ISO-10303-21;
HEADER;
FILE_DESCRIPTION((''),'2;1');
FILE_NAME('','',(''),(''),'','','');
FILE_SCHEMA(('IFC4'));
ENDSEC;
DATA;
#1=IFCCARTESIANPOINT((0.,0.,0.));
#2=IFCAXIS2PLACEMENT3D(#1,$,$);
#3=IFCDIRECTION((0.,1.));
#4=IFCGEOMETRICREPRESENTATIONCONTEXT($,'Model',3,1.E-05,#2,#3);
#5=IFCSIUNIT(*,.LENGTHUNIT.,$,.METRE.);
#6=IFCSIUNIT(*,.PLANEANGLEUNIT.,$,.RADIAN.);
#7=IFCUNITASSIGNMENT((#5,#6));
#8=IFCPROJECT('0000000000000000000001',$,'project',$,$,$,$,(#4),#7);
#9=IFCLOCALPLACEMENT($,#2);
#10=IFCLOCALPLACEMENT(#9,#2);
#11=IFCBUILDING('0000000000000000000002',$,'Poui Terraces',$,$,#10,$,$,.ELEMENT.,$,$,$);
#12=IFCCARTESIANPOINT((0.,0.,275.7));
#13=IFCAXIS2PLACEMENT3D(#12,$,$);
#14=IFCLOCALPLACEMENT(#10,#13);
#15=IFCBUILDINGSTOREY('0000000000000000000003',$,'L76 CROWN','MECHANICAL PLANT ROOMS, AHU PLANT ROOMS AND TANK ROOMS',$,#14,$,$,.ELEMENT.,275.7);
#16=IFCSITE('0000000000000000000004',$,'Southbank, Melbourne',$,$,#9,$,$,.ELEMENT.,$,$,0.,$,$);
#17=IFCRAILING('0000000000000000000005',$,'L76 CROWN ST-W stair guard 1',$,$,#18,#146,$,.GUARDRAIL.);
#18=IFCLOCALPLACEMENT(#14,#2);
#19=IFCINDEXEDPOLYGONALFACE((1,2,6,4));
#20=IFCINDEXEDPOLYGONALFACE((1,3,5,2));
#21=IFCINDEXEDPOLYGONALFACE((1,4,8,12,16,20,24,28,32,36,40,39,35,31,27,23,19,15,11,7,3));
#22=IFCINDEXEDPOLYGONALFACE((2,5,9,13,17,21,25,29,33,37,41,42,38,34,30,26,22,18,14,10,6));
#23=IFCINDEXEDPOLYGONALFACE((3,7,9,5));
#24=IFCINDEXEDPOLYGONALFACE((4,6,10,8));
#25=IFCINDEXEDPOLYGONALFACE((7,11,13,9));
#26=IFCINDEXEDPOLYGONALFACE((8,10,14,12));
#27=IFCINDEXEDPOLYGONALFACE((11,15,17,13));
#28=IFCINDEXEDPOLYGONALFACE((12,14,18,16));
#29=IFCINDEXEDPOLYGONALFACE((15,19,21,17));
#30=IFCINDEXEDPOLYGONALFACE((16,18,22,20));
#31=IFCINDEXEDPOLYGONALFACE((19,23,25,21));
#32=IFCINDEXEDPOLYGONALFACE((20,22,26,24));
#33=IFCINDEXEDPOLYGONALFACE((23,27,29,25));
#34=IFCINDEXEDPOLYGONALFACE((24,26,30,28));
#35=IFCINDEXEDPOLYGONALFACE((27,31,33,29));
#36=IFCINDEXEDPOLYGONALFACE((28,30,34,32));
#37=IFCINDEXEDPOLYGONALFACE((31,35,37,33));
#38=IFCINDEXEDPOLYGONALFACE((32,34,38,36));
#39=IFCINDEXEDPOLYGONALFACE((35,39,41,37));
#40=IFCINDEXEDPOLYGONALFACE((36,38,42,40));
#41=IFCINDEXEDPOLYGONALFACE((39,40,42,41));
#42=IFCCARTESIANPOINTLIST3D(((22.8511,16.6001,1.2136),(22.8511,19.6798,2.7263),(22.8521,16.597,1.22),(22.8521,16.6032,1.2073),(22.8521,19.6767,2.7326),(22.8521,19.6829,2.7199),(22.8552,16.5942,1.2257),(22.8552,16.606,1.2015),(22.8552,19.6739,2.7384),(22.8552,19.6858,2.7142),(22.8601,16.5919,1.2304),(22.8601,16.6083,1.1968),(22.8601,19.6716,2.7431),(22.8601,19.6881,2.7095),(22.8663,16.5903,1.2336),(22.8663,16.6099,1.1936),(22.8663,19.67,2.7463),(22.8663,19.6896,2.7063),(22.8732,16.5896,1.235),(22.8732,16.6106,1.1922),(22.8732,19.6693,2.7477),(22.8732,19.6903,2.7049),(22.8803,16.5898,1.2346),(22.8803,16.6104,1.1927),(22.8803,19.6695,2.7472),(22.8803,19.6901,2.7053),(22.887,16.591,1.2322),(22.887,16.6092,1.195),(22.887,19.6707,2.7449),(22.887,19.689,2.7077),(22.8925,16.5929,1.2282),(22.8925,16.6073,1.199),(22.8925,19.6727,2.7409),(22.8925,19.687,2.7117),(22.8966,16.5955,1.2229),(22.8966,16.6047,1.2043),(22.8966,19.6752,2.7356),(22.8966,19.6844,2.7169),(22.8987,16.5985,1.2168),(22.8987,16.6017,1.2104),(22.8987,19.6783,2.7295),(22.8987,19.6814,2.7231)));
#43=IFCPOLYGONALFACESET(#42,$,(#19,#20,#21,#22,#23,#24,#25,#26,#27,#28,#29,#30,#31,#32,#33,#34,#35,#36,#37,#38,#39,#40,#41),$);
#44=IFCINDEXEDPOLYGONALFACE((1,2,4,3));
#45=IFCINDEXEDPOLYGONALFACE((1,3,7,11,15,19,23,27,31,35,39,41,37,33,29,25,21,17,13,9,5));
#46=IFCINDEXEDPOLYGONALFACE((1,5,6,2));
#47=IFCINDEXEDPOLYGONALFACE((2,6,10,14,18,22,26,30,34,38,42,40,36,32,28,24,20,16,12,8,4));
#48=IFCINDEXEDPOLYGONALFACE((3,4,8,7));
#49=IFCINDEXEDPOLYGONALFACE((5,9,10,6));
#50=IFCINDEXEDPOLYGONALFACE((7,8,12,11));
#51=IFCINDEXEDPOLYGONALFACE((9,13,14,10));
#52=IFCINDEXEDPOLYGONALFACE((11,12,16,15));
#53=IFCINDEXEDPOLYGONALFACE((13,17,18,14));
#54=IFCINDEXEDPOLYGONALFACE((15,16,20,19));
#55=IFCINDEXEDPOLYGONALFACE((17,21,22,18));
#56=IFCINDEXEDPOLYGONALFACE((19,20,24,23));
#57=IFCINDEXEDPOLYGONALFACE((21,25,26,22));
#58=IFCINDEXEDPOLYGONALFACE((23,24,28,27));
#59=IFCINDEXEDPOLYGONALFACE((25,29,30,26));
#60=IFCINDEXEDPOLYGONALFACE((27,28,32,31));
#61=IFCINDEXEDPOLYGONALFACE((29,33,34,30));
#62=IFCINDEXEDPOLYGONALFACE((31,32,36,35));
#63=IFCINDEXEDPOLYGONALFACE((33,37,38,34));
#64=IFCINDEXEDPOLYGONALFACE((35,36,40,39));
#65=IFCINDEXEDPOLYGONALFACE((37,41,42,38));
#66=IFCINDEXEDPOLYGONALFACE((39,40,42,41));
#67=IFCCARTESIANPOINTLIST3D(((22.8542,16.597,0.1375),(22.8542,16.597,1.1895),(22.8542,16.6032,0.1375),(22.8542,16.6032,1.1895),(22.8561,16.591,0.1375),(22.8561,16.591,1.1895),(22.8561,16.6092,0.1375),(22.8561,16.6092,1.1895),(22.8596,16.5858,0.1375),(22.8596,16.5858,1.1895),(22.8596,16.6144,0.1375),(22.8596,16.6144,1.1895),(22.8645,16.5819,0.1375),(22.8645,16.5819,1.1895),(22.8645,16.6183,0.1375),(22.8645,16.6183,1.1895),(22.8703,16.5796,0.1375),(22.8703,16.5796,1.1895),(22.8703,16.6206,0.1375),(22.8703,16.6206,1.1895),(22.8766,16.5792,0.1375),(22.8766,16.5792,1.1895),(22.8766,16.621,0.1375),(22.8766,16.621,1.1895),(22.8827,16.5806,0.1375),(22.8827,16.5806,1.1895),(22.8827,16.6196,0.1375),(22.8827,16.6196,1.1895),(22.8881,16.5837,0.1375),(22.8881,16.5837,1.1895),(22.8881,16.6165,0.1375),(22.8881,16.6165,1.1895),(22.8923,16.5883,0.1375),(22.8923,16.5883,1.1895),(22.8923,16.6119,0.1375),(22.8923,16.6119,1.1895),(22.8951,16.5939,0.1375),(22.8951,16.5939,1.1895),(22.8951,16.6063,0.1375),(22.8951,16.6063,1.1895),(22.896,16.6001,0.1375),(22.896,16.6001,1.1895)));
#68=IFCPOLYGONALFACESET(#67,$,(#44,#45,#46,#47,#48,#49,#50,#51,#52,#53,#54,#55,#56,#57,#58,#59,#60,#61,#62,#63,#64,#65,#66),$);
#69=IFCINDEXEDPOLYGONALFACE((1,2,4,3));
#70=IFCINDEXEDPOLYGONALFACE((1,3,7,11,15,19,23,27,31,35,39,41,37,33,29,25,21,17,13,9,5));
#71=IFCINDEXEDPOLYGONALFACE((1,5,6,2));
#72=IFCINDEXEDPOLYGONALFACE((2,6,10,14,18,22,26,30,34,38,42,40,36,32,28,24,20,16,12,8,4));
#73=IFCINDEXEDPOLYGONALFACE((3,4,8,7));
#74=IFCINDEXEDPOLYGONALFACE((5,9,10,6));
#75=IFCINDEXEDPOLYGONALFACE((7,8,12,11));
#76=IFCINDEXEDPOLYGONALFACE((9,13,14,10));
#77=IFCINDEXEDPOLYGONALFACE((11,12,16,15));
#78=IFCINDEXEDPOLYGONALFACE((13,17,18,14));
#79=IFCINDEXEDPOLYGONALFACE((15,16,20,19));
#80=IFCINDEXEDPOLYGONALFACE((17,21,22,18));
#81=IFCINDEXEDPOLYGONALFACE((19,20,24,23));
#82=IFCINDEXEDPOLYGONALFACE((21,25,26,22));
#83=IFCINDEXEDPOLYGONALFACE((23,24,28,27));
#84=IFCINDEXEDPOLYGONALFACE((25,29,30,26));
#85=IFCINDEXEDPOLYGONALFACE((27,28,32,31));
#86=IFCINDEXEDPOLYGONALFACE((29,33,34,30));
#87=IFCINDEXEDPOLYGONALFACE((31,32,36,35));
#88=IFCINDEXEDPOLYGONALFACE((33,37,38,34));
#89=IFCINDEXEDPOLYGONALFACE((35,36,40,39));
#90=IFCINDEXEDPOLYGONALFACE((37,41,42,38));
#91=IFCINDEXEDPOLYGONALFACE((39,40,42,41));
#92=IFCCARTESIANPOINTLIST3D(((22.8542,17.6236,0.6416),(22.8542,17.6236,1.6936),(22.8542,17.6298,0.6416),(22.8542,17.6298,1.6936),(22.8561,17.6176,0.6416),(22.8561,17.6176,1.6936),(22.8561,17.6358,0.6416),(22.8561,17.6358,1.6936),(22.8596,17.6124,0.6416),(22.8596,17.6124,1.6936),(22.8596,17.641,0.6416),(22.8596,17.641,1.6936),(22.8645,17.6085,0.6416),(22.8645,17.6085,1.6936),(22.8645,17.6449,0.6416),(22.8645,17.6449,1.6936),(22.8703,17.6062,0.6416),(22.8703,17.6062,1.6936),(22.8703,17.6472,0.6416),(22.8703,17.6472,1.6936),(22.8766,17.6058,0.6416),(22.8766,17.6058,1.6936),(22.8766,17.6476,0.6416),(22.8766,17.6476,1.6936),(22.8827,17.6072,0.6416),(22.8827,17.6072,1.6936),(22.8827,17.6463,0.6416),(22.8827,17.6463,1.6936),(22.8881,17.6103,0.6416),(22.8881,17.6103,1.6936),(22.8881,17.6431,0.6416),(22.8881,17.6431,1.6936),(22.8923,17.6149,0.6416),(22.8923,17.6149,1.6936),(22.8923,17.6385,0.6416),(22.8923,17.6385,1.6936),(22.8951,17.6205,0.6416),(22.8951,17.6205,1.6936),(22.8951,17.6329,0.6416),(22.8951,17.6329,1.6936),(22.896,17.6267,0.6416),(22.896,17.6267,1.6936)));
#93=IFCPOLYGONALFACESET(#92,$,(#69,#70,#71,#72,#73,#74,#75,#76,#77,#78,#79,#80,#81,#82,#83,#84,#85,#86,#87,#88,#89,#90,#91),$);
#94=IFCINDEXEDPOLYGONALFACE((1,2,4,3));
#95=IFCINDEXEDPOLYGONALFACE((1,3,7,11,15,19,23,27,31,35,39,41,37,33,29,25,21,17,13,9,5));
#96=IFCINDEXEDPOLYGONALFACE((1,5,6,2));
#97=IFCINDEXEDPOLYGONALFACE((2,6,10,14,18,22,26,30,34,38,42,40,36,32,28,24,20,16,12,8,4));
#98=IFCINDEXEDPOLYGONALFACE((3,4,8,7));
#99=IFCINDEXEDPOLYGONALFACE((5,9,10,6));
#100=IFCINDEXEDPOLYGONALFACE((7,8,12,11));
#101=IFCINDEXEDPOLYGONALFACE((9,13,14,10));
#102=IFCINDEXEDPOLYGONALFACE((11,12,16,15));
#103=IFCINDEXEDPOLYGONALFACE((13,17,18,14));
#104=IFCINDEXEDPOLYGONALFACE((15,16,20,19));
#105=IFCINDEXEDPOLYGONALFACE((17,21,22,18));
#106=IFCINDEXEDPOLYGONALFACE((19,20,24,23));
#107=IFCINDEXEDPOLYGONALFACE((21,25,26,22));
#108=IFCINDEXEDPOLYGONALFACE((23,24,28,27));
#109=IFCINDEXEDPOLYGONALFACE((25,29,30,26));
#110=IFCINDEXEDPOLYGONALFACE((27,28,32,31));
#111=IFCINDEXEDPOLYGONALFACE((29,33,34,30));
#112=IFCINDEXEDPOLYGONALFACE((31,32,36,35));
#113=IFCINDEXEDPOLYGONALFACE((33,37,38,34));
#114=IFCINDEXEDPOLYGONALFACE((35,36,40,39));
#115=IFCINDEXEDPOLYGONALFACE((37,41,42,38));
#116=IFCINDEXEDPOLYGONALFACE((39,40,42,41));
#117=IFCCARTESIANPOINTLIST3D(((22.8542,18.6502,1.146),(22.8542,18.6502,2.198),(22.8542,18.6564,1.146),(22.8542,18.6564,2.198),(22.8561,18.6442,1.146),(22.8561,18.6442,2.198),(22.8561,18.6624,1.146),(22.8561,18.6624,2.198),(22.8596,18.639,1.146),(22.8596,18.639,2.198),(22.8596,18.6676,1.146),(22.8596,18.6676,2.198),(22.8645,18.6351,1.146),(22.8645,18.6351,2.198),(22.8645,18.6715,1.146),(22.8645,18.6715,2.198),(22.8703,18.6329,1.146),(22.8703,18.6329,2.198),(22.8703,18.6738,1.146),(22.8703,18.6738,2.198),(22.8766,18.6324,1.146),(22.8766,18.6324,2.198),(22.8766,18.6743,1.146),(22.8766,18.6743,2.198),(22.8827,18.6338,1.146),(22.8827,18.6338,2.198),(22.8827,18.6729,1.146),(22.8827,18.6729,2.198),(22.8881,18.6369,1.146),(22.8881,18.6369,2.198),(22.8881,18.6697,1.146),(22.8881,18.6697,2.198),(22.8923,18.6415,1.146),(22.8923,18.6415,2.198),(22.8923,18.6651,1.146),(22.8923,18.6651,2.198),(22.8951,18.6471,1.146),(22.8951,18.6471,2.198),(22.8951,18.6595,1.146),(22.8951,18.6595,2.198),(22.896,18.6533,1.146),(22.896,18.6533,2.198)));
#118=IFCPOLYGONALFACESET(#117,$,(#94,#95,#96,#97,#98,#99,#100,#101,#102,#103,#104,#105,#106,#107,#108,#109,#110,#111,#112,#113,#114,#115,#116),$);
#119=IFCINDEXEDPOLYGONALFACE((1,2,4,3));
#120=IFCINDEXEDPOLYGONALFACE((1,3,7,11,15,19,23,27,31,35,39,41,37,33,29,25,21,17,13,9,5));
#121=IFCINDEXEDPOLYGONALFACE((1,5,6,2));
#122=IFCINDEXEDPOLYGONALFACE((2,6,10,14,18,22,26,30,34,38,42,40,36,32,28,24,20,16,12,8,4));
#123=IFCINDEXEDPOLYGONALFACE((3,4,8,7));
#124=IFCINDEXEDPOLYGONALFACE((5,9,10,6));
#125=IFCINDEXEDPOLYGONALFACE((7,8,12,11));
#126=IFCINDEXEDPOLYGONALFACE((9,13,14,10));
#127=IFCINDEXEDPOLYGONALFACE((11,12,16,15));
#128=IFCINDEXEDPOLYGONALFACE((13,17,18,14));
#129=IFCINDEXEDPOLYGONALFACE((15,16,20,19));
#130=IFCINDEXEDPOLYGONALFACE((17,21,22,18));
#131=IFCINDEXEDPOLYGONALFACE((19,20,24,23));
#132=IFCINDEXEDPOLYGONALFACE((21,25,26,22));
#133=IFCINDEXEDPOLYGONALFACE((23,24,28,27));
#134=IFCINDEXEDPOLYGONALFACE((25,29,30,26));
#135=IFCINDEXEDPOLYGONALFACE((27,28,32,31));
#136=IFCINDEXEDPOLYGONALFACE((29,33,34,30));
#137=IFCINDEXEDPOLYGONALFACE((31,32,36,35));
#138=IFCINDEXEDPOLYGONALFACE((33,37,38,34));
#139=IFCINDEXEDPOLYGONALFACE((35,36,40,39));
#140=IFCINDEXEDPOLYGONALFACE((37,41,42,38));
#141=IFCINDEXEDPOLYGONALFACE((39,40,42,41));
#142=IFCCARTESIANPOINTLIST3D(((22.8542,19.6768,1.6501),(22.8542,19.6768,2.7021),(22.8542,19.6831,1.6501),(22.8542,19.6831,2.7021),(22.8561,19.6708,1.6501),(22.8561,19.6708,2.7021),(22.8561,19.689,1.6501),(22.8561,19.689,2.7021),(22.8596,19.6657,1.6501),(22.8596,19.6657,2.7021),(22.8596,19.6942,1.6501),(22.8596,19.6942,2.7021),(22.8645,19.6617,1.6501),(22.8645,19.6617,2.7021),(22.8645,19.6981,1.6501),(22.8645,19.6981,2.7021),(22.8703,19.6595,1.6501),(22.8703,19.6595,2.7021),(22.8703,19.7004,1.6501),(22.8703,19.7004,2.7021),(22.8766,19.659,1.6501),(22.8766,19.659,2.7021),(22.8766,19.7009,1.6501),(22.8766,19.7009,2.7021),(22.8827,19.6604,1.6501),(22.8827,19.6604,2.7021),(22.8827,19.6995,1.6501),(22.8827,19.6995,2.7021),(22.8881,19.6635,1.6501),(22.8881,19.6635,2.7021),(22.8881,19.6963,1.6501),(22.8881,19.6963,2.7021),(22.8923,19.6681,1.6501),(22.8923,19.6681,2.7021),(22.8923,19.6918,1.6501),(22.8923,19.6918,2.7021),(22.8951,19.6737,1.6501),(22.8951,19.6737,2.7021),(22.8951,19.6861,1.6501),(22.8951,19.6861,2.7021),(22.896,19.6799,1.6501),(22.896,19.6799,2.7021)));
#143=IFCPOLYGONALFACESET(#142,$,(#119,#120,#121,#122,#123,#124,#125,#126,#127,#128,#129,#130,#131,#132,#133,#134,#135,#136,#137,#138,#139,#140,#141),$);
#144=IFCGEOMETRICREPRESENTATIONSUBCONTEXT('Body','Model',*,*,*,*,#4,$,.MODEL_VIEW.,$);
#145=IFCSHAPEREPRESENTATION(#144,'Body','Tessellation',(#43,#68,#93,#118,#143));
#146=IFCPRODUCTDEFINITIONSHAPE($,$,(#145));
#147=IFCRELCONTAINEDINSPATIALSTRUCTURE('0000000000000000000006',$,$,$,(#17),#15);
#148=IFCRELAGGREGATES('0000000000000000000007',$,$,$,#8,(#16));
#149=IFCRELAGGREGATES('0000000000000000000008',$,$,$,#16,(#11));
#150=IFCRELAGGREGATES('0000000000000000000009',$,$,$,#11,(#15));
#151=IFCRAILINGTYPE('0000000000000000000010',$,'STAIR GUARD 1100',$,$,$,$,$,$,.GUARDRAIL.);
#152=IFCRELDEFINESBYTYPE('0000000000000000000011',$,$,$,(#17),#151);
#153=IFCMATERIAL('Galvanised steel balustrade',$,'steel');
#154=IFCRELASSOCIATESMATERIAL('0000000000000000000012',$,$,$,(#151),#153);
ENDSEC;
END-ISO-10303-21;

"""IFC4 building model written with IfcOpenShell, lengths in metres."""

from ifc_helpers import new_model, si_unit, direction, frame, origin, origin_2d, place, context, subcontext, project, spatial, circle, extrude, material, type_object, element, save


model = new_model("IFC4")

# Units and contexts
model_context = context("Model", 3, precision=1e-05, world=origin(), true_north=direction((0.0, 1.0)))
body_context = subcontext(model_context, "Body", "Model", "MODEL_VIEW")
ifc_project = project(units=[si_unit("LENGTHUNIT", "METRE"), si_unit("PLANEANGLEUNIT", "RADIAN")], contexts=[model_context])

# Site, building, storey
site_placement = place(None, origin())
site = spatial("IfcSite", under=ifc_project, at=site_placement, Name="Southbank, Melbourne", CompositionType="ELEMENT", RefElevation=0.0)
building_placement = place(site_placement, origin())
building = spatial("IfcBuilding", under=site, at=building_placement, Name="Poui Terraces", CompositionType="ELEMENT")
storey_placement = place(building_placement, frame((0.0, 0.0, 275.7)))
storey = spatial("IfcBuildingStorey", under=building, at=storey_placement, Name="L76 CROWN", Description="MECHANICAL PLANT ROOMS, AHU PLANT ROOMS AND TANK ROOMS", CompositionType="ELEMENT", Elevation=275.7)

# Railing
ifc_material_1 = material(Name="Galvanised steel balustrade", Category="steel")
railing_type_1 = type_object("IfcRailingType", Name="STAIR GUARD 1100", PredefinedType="GUARDRAIL", material=ifc_material_1)
railing_1_placement = place(storey_placement, frame((22.875, 16.6001, 0.1375)))
element("IfcRailing", 1, at=railing_1_placement, inside=storey, type_object=railing_type_1, Name="L76 CROWN ST-W stair guard 1", PredefinedType="GUARDRAIL", context=body_context, shape_type="SweptSolid", body=[
    extrude(circle(Radius=0.0239, at=origin_2d()), frame((0.0, 0.0, 1.0762), z_axis=(0.0, 0.897578, 0.440856), x_axis=(-1.0, 0.0, 0.0)), (0.0, 0.0, 1.0), 3.4312),
    extrude(circle(Radius=0.021, at=origin_2d()), origin(), (0.0, 0.0, 1.0), 1.052),
    extrude(circle(Radius=0.021, at=origin_2d()), frame((0.0, 1.0266, 0.5042)), (0.0, 0.0, 1.0), 1.052),
    extrude(circle(Radius=0.021, at=origin_2d()), frame((0.0, 2.0532, 1.0085)), (0.0, 0.0, 1.0), 1.052),
    extrude(circle(Radius=0.021, at=origin_2d()), frame((0.0, 3.0798, 1.5127)), (0.0, 0.0, 1.0), 1.052),
])

save(model, "model.ifc")
